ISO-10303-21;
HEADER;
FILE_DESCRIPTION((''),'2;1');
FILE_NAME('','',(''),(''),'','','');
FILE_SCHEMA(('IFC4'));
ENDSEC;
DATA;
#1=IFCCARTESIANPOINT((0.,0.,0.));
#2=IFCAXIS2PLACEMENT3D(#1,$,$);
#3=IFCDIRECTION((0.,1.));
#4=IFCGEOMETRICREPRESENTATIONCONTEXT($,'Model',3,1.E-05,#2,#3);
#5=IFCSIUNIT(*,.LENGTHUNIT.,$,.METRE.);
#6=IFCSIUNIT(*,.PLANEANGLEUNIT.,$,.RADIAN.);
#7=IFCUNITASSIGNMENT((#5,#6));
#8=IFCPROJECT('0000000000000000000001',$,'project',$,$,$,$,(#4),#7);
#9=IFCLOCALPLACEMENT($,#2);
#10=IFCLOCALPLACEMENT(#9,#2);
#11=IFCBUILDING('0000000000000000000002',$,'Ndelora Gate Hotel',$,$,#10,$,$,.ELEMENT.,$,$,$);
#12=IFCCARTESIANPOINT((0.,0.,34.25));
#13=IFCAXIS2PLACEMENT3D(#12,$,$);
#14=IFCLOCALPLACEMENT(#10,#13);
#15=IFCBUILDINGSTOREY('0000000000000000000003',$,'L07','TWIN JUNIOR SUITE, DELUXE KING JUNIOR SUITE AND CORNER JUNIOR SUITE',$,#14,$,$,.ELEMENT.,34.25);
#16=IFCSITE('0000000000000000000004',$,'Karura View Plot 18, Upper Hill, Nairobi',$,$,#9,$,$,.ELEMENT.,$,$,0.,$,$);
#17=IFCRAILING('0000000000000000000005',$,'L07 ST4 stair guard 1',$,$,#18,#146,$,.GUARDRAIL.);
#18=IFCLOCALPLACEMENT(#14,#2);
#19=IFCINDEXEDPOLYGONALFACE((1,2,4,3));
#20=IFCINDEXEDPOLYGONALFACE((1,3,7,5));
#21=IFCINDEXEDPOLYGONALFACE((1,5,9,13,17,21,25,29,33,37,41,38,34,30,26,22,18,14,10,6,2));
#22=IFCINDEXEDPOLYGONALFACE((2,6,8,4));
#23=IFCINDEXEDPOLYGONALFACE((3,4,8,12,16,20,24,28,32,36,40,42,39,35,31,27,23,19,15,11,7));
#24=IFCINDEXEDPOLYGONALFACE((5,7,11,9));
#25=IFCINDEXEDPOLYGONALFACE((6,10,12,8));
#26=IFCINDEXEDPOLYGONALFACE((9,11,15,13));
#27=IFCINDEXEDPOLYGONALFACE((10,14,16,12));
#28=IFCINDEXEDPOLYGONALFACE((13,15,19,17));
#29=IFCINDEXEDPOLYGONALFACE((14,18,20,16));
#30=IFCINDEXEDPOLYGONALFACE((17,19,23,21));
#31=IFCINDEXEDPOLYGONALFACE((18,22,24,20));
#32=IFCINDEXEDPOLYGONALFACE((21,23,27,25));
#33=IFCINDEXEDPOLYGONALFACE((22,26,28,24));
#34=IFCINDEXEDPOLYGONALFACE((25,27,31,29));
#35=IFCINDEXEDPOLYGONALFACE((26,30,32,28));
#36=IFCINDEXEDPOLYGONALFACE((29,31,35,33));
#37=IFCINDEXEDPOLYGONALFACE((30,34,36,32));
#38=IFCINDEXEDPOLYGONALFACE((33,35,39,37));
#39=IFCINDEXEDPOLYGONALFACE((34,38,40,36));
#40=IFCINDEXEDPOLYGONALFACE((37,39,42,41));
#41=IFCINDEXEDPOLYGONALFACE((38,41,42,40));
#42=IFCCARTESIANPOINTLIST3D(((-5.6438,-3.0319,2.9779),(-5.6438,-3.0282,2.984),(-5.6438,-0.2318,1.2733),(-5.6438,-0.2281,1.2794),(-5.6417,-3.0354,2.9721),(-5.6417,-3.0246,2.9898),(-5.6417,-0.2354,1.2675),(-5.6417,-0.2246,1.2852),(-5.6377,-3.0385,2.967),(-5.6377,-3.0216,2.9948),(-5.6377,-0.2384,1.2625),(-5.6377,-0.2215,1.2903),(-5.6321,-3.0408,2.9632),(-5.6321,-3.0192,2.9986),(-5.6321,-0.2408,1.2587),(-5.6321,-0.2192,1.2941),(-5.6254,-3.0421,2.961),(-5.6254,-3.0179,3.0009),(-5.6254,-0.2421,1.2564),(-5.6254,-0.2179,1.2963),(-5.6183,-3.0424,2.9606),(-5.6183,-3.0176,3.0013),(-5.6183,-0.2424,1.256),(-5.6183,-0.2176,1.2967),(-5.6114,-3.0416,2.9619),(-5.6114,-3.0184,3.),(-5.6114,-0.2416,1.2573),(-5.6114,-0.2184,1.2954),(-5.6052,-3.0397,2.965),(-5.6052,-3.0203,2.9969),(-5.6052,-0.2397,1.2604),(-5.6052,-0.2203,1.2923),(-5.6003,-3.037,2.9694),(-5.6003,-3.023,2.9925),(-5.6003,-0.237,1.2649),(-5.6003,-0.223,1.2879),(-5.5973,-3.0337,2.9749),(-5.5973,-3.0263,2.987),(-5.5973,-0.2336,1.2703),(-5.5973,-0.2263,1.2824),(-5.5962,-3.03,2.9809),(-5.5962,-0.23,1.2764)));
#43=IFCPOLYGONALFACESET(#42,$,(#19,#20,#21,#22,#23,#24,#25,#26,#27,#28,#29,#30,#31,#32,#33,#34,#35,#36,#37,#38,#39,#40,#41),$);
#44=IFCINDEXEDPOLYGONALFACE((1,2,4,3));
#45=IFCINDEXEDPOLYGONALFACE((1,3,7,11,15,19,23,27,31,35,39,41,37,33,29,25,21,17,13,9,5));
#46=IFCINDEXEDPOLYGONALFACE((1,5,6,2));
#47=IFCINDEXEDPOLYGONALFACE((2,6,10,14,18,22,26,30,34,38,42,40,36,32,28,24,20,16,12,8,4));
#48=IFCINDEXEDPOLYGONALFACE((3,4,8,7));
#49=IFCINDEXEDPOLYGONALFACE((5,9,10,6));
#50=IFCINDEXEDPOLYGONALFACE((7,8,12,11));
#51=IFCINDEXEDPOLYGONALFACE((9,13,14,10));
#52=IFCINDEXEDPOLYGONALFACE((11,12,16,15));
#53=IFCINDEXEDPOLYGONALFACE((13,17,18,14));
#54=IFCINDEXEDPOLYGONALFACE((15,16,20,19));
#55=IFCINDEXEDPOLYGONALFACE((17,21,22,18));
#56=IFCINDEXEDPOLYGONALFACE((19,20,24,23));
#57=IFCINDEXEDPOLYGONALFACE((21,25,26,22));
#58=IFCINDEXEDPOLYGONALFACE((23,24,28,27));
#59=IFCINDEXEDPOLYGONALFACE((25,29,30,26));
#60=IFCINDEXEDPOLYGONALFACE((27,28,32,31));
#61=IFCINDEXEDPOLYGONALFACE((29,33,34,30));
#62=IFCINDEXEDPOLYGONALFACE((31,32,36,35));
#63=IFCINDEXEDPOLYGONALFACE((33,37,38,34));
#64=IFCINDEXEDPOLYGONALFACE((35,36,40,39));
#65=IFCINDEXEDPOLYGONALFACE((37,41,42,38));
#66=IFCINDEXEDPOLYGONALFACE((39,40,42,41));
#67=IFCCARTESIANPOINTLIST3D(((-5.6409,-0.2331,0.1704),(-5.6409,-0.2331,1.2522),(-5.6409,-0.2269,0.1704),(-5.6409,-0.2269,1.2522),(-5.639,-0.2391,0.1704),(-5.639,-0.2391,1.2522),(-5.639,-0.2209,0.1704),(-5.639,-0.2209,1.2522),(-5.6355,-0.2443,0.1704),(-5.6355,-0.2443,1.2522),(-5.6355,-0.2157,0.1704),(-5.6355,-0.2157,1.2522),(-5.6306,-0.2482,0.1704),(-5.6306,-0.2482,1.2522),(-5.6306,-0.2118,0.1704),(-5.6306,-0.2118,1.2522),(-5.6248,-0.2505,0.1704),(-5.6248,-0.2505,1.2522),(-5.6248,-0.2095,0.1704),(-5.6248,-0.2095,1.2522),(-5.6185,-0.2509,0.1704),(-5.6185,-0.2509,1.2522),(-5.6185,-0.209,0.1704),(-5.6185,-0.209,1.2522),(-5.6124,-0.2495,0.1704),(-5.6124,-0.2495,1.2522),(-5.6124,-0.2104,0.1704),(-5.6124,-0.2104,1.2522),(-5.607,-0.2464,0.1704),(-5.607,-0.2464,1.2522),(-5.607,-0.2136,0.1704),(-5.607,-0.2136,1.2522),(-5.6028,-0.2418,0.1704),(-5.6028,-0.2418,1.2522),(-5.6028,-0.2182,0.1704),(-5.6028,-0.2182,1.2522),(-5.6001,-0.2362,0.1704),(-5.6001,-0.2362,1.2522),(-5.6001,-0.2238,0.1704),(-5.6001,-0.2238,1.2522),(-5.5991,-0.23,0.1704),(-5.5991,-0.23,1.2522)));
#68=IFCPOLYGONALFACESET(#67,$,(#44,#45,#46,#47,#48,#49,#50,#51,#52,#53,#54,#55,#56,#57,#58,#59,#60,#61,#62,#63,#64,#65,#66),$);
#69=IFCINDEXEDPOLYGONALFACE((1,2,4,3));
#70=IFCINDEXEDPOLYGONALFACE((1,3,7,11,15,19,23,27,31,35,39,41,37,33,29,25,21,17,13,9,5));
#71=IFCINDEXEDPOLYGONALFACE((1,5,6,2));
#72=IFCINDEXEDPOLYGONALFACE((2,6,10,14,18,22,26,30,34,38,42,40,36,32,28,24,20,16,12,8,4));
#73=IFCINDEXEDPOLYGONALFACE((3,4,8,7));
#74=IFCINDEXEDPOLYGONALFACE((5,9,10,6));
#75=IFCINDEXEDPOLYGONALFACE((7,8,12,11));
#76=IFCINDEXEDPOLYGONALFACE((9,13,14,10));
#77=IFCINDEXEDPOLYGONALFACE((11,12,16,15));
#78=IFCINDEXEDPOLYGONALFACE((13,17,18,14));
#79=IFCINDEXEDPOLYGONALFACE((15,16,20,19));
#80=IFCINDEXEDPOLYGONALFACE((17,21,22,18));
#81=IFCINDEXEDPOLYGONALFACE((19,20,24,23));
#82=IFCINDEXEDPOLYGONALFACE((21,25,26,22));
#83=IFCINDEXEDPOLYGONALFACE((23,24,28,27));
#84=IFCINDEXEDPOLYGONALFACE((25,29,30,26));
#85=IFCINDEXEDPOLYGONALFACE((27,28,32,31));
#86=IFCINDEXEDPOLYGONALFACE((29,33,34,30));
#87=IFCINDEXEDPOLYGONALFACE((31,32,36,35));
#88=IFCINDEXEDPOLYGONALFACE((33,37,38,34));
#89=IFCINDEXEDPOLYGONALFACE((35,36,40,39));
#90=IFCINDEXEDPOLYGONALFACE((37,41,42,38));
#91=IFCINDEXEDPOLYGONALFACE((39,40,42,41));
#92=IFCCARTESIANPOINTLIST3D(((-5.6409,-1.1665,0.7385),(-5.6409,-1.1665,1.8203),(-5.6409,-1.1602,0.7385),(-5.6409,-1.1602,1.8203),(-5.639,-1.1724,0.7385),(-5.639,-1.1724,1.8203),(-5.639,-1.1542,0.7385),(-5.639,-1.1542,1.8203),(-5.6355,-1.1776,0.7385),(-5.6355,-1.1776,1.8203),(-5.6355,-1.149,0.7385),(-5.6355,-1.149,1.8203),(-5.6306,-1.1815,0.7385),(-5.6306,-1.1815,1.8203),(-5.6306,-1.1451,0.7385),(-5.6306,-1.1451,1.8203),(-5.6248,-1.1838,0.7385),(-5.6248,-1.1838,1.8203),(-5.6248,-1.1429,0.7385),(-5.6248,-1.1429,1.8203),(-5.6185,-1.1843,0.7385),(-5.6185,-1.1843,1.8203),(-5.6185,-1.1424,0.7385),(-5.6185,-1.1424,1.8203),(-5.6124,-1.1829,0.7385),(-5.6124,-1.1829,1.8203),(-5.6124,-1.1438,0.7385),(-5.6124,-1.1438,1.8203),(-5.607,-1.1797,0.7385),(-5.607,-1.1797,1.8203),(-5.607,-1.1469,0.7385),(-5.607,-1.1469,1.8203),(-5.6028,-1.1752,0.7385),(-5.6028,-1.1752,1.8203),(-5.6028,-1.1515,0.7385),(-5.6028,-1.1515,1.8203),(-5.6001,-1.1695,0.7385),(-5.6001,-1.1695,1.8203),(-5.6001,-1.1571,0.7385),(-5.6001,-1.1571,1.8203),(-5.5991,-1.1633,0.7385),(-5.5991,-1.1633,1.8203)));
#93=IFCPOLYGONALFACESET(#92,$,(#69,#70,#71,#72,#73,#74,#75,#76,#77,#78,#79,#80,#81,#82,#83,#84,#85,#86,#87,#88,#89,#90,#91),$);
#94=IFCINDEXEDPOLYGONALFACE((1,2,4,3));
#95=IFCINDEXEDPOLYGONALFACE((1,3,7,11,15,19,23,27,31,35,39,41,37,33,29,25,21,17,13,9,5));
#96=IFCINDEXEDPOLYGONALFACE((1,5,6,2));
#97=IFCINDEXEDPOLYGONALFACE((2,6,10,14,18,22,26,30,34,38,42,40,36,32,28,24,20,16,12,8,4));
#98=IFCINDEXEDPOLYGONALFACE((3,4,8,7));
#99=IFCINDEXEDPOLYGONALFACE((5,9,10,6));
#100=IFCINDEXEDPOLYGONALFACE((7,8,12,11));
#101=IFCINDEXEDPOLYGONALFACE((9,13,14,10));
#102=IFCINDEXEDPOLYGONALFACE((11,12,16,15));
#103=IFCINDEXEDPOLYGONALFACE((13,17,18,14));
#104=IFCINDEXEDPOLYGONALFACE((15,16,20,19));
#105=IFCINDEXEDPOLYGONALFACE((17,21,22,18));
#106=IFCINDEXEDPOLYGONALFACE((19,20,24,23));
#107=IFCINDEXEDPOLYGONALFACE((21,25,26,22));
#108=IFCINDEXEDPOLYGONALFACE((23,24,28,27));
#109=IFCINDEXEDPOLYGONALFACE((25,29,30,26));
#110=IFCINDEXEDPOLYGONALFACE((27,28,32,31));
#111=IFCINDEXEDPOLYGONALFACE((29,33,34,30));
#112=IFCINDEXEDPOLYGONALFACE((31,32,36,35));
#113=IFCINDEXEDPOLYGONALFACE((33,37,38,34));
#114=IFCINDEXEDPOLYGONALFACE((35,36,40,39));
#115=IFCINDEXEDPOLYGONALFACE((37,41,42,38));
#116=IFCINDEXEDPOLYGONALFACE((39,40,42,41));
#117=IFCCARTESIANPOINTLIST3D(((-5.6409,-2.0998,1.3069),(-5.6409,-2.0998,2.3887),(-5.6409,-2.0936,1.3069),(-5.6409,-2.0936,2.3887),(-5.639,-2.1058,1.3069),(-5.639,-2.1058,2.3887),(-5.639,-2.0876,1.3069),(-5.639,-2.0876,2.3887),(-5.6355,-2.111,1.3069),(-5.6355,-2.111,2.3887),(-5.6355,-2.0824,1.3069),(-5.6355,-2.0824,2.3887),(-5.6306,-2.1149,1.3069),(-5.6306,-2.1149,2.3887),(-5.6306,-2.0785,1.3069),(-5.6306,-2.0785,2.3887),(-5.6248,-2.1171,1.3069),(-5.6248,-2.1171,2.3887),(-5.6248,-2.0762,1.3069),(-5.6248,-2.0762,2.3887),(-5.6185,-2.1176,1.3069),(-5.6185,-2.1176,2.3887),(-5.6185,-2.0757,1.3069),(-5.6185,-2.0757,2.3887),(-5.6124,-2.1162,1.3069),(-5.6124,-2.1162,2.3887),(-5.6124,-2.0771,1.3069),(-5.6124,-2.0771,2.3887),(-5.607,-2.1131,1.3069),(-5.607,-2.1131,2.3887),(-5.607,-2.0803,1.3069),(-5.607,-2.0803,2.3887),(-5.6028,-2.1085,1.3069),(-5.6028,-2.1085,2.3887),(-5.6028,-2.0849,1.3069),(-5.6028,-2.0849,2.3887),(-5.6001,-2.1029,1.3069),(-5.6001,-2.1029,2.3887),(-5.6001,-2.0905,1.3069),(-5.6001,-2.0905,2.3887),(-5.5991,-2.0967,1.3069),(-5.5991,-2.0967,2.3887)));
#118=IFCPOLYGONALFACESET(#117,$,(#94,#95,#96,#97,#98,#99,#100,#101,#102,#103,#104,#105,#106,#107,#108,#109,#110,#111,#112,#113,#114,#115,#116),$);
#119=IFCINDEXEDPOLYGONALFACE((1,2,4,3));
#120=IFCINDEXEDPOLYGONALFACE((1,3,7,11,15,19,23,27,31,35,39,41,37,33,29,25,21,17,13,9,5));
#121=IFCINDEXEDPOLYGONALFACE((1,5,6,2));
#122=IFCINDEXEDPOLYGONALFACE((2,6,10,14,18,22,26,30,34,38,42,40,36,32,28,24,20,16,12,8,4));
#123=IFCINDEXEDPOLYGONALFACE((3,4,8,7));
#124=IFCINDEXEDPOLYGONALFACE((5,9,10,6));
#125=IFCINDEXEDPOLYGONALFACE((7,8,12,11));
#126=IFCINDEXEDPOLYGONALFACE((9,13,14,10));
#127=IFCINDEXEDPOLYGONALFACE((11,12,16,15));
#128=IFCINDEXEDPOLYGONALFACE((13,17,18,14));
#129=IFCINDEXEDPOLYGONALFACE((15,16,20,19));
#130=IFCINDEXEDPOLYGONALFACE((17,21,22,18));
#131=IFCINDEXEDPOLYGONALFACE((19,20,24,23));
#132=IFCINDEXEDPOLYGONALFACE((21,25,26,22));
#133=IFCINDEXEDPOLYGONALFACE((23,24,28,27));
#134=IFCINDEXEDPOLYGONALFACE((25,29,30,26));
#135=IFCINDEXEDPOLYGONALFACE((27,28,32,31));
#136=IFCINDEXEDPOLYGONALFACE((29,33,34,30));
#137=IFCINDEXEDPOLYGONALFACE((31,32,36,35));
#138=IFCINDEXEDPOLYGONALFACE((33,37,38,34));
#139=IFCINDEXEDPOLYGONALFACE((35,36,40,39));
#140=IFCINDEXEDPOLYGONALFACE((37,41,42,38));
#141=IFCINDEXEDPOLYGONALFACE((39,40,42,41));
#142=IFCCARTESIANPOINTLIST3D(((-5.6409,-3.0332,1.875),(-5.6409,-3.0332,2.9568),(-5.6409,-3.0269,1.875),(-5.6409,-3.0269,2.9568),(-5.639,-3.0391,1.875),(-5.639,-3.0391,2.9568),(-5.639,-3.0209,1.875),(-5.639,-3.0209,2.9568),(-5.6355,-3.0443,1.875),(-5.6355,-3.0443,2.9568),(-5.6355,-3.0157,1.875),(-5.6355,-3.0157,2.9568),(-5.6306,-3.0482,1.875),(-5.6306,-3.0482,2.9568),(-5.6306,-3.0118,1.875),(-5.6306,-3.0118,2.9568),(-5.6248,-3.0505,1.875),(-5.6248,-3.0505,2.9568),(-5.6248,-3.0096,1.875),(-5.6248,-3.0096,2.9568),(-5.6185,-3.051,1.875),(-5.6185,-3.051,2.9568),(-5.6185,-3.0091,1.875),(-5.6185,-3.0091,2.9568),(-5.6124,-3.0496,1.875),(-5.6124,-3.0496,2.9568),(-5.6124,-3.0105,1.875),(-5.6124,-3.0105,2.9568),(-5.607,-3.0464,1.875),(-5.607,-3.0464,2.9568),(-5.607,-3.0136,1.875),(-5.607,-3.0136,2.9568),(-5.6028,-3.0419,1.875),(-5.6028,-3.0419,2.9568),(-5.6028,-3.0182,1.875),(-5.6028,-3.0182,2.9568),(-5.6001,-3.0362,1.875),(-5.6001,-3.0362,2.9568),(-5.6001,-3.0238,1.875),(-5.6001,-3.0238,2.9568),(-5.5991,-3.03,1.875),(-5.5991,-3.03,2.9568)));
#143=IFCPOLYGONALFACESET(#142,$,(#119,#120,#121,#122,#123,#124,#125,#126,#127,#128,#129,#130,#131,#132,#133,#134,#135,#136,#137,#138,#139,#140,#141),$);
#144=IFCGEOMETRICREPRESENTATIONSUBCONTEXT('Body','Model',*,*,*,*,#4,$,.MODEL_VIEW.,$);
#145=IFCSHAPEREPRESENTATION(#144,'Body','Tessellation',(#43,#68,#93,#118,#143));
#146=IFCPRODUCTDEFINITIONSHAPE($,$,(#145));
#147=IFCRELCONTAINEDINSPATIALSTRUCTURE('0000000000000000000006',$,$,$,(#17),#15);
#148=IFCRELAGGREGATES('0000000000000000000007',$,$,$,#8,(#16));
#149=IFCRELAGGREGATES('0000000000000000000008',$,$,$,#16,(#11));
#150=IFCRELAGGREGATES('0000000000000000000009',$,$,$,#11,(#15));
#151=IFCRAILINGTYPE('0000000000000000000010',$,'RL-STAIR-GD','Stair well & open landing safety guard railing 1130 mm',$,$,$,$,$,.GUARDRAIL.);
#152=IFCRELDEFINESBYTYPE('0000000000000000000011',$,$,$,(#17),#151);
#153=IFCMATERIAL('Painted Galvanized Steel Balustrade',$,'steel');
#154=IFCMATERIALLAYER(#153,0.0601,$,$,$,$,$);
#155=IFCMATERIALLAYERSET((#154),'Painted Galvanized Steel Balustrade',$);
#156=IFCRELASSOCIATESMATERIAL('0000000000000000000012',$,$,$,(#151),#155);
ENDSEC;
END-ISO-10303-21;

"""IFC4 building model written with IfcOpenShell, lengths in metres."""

from ifc_helpers import new_model, si_unit, direction, frame, origin, origin_2d, place, context, subcontext, project, spatial, circle, extrude, material, layer, layer_set, type_object, element, save


model = new_model("IFC4")

# Units and contexts
model_context = context("Model", 3, precision=1e-05, world=origin(), true_north=direction((0.0, 1.0)))
body_context = subcontext(model_context, "Body", "Model", "MODEL_VIEW")
ifc_project = project(units=[si_unit("LENGTHUNIT", "METRE"), si_unit("PLANEANGLEUNIT", "RADIAN")], contexts=[model_context])

# Site, building, storey
site_placement = place(None, origin())
site = spatial("IfcSite", under=ifc_project, at=site_placement, Name="Karura View Plot 18, Upper Hill, Nairobi", CompositionType="ELEMENT", RefElevation=0.0)
building_placement = place(site_placement, origin())
building = spatial("IfcBuilding", under=site, at=building_placement, Name="Ndelora Gate Hotel", CompositionType="ELEMENT")
storey_placement = place(building_placement, frame((0.0, 0.0, 34.25)))
storey = spatial("IfcBuildingStorey", under=building, at=storey_placement, Name="L07", Description="TWIN JUNIOR SUITE, DELUXE KING JUNIOR SUITE AND CORNER JUNIOR SUITE", CompositionType="ELEMENT", Elevation=34.25)

# Railing
ifc_material_1 = material(Name="Painted Galvanized Steel Balustrade", Category="steel")
ifc_layer_1 = layer(ifc_material_1, 0.0601)
ifc_layer_set_1 = layer_set([ifc_layer_1], Name="Painted Galvanized Steel Balustrade")
railing_type_1 = type_object("IfcRailingType", Name="RL-STAIR-GD", Description="Stair well & open landing safety guard railing 1130 mm", PredefinedType="GUARDRAIL", material=ifc_layer_set_1)
railing_1_placement = place(storey_placement, frame((-5.6201, -0.23, 0.1704)))
element("IfcRailing", 1, at=railing_1_placement, inside=storey, type_object=railing_type_1, Name="L07 ST4 stair guard 1", PredefinedType="GUARDRAIL", context=body_context, shape_type="SweptSolid", body=[
    extrude(circle(Radius=0.0239, at=origin_2d()), frame((0.0, 0.0, 1.106), z_axis=(0.0, -0.85417, 0.519994), x_axis=(1.0, 0.0, 0.0)), (0.0, 0.0, 1.0), 3.2781),
    extrude(circle(Radius=0.021, at=origin_2d()), origin(), (0.0, 0.0, 1.0), 1.0818),
    extrude(circle(Radius=0.021, at=origin_2d()), frame((0.0, -0.9333, 0.5681)), (0.0, 0.0, 1.0), 1.0818),
    extrude(circle(Radius=0.021, at=origin_2d()), frame((0.0, -1.8667, 1.1365)), (0.0, 0.0, 1.0), 1.0818),
    extrude(circle(Radius=0.021, at=origin_2d()), frame((0.0, -2.8, 1.7046)), (0.0, 0.0, 1.0), 1.0818),
])

save(model, "model.ifc")
